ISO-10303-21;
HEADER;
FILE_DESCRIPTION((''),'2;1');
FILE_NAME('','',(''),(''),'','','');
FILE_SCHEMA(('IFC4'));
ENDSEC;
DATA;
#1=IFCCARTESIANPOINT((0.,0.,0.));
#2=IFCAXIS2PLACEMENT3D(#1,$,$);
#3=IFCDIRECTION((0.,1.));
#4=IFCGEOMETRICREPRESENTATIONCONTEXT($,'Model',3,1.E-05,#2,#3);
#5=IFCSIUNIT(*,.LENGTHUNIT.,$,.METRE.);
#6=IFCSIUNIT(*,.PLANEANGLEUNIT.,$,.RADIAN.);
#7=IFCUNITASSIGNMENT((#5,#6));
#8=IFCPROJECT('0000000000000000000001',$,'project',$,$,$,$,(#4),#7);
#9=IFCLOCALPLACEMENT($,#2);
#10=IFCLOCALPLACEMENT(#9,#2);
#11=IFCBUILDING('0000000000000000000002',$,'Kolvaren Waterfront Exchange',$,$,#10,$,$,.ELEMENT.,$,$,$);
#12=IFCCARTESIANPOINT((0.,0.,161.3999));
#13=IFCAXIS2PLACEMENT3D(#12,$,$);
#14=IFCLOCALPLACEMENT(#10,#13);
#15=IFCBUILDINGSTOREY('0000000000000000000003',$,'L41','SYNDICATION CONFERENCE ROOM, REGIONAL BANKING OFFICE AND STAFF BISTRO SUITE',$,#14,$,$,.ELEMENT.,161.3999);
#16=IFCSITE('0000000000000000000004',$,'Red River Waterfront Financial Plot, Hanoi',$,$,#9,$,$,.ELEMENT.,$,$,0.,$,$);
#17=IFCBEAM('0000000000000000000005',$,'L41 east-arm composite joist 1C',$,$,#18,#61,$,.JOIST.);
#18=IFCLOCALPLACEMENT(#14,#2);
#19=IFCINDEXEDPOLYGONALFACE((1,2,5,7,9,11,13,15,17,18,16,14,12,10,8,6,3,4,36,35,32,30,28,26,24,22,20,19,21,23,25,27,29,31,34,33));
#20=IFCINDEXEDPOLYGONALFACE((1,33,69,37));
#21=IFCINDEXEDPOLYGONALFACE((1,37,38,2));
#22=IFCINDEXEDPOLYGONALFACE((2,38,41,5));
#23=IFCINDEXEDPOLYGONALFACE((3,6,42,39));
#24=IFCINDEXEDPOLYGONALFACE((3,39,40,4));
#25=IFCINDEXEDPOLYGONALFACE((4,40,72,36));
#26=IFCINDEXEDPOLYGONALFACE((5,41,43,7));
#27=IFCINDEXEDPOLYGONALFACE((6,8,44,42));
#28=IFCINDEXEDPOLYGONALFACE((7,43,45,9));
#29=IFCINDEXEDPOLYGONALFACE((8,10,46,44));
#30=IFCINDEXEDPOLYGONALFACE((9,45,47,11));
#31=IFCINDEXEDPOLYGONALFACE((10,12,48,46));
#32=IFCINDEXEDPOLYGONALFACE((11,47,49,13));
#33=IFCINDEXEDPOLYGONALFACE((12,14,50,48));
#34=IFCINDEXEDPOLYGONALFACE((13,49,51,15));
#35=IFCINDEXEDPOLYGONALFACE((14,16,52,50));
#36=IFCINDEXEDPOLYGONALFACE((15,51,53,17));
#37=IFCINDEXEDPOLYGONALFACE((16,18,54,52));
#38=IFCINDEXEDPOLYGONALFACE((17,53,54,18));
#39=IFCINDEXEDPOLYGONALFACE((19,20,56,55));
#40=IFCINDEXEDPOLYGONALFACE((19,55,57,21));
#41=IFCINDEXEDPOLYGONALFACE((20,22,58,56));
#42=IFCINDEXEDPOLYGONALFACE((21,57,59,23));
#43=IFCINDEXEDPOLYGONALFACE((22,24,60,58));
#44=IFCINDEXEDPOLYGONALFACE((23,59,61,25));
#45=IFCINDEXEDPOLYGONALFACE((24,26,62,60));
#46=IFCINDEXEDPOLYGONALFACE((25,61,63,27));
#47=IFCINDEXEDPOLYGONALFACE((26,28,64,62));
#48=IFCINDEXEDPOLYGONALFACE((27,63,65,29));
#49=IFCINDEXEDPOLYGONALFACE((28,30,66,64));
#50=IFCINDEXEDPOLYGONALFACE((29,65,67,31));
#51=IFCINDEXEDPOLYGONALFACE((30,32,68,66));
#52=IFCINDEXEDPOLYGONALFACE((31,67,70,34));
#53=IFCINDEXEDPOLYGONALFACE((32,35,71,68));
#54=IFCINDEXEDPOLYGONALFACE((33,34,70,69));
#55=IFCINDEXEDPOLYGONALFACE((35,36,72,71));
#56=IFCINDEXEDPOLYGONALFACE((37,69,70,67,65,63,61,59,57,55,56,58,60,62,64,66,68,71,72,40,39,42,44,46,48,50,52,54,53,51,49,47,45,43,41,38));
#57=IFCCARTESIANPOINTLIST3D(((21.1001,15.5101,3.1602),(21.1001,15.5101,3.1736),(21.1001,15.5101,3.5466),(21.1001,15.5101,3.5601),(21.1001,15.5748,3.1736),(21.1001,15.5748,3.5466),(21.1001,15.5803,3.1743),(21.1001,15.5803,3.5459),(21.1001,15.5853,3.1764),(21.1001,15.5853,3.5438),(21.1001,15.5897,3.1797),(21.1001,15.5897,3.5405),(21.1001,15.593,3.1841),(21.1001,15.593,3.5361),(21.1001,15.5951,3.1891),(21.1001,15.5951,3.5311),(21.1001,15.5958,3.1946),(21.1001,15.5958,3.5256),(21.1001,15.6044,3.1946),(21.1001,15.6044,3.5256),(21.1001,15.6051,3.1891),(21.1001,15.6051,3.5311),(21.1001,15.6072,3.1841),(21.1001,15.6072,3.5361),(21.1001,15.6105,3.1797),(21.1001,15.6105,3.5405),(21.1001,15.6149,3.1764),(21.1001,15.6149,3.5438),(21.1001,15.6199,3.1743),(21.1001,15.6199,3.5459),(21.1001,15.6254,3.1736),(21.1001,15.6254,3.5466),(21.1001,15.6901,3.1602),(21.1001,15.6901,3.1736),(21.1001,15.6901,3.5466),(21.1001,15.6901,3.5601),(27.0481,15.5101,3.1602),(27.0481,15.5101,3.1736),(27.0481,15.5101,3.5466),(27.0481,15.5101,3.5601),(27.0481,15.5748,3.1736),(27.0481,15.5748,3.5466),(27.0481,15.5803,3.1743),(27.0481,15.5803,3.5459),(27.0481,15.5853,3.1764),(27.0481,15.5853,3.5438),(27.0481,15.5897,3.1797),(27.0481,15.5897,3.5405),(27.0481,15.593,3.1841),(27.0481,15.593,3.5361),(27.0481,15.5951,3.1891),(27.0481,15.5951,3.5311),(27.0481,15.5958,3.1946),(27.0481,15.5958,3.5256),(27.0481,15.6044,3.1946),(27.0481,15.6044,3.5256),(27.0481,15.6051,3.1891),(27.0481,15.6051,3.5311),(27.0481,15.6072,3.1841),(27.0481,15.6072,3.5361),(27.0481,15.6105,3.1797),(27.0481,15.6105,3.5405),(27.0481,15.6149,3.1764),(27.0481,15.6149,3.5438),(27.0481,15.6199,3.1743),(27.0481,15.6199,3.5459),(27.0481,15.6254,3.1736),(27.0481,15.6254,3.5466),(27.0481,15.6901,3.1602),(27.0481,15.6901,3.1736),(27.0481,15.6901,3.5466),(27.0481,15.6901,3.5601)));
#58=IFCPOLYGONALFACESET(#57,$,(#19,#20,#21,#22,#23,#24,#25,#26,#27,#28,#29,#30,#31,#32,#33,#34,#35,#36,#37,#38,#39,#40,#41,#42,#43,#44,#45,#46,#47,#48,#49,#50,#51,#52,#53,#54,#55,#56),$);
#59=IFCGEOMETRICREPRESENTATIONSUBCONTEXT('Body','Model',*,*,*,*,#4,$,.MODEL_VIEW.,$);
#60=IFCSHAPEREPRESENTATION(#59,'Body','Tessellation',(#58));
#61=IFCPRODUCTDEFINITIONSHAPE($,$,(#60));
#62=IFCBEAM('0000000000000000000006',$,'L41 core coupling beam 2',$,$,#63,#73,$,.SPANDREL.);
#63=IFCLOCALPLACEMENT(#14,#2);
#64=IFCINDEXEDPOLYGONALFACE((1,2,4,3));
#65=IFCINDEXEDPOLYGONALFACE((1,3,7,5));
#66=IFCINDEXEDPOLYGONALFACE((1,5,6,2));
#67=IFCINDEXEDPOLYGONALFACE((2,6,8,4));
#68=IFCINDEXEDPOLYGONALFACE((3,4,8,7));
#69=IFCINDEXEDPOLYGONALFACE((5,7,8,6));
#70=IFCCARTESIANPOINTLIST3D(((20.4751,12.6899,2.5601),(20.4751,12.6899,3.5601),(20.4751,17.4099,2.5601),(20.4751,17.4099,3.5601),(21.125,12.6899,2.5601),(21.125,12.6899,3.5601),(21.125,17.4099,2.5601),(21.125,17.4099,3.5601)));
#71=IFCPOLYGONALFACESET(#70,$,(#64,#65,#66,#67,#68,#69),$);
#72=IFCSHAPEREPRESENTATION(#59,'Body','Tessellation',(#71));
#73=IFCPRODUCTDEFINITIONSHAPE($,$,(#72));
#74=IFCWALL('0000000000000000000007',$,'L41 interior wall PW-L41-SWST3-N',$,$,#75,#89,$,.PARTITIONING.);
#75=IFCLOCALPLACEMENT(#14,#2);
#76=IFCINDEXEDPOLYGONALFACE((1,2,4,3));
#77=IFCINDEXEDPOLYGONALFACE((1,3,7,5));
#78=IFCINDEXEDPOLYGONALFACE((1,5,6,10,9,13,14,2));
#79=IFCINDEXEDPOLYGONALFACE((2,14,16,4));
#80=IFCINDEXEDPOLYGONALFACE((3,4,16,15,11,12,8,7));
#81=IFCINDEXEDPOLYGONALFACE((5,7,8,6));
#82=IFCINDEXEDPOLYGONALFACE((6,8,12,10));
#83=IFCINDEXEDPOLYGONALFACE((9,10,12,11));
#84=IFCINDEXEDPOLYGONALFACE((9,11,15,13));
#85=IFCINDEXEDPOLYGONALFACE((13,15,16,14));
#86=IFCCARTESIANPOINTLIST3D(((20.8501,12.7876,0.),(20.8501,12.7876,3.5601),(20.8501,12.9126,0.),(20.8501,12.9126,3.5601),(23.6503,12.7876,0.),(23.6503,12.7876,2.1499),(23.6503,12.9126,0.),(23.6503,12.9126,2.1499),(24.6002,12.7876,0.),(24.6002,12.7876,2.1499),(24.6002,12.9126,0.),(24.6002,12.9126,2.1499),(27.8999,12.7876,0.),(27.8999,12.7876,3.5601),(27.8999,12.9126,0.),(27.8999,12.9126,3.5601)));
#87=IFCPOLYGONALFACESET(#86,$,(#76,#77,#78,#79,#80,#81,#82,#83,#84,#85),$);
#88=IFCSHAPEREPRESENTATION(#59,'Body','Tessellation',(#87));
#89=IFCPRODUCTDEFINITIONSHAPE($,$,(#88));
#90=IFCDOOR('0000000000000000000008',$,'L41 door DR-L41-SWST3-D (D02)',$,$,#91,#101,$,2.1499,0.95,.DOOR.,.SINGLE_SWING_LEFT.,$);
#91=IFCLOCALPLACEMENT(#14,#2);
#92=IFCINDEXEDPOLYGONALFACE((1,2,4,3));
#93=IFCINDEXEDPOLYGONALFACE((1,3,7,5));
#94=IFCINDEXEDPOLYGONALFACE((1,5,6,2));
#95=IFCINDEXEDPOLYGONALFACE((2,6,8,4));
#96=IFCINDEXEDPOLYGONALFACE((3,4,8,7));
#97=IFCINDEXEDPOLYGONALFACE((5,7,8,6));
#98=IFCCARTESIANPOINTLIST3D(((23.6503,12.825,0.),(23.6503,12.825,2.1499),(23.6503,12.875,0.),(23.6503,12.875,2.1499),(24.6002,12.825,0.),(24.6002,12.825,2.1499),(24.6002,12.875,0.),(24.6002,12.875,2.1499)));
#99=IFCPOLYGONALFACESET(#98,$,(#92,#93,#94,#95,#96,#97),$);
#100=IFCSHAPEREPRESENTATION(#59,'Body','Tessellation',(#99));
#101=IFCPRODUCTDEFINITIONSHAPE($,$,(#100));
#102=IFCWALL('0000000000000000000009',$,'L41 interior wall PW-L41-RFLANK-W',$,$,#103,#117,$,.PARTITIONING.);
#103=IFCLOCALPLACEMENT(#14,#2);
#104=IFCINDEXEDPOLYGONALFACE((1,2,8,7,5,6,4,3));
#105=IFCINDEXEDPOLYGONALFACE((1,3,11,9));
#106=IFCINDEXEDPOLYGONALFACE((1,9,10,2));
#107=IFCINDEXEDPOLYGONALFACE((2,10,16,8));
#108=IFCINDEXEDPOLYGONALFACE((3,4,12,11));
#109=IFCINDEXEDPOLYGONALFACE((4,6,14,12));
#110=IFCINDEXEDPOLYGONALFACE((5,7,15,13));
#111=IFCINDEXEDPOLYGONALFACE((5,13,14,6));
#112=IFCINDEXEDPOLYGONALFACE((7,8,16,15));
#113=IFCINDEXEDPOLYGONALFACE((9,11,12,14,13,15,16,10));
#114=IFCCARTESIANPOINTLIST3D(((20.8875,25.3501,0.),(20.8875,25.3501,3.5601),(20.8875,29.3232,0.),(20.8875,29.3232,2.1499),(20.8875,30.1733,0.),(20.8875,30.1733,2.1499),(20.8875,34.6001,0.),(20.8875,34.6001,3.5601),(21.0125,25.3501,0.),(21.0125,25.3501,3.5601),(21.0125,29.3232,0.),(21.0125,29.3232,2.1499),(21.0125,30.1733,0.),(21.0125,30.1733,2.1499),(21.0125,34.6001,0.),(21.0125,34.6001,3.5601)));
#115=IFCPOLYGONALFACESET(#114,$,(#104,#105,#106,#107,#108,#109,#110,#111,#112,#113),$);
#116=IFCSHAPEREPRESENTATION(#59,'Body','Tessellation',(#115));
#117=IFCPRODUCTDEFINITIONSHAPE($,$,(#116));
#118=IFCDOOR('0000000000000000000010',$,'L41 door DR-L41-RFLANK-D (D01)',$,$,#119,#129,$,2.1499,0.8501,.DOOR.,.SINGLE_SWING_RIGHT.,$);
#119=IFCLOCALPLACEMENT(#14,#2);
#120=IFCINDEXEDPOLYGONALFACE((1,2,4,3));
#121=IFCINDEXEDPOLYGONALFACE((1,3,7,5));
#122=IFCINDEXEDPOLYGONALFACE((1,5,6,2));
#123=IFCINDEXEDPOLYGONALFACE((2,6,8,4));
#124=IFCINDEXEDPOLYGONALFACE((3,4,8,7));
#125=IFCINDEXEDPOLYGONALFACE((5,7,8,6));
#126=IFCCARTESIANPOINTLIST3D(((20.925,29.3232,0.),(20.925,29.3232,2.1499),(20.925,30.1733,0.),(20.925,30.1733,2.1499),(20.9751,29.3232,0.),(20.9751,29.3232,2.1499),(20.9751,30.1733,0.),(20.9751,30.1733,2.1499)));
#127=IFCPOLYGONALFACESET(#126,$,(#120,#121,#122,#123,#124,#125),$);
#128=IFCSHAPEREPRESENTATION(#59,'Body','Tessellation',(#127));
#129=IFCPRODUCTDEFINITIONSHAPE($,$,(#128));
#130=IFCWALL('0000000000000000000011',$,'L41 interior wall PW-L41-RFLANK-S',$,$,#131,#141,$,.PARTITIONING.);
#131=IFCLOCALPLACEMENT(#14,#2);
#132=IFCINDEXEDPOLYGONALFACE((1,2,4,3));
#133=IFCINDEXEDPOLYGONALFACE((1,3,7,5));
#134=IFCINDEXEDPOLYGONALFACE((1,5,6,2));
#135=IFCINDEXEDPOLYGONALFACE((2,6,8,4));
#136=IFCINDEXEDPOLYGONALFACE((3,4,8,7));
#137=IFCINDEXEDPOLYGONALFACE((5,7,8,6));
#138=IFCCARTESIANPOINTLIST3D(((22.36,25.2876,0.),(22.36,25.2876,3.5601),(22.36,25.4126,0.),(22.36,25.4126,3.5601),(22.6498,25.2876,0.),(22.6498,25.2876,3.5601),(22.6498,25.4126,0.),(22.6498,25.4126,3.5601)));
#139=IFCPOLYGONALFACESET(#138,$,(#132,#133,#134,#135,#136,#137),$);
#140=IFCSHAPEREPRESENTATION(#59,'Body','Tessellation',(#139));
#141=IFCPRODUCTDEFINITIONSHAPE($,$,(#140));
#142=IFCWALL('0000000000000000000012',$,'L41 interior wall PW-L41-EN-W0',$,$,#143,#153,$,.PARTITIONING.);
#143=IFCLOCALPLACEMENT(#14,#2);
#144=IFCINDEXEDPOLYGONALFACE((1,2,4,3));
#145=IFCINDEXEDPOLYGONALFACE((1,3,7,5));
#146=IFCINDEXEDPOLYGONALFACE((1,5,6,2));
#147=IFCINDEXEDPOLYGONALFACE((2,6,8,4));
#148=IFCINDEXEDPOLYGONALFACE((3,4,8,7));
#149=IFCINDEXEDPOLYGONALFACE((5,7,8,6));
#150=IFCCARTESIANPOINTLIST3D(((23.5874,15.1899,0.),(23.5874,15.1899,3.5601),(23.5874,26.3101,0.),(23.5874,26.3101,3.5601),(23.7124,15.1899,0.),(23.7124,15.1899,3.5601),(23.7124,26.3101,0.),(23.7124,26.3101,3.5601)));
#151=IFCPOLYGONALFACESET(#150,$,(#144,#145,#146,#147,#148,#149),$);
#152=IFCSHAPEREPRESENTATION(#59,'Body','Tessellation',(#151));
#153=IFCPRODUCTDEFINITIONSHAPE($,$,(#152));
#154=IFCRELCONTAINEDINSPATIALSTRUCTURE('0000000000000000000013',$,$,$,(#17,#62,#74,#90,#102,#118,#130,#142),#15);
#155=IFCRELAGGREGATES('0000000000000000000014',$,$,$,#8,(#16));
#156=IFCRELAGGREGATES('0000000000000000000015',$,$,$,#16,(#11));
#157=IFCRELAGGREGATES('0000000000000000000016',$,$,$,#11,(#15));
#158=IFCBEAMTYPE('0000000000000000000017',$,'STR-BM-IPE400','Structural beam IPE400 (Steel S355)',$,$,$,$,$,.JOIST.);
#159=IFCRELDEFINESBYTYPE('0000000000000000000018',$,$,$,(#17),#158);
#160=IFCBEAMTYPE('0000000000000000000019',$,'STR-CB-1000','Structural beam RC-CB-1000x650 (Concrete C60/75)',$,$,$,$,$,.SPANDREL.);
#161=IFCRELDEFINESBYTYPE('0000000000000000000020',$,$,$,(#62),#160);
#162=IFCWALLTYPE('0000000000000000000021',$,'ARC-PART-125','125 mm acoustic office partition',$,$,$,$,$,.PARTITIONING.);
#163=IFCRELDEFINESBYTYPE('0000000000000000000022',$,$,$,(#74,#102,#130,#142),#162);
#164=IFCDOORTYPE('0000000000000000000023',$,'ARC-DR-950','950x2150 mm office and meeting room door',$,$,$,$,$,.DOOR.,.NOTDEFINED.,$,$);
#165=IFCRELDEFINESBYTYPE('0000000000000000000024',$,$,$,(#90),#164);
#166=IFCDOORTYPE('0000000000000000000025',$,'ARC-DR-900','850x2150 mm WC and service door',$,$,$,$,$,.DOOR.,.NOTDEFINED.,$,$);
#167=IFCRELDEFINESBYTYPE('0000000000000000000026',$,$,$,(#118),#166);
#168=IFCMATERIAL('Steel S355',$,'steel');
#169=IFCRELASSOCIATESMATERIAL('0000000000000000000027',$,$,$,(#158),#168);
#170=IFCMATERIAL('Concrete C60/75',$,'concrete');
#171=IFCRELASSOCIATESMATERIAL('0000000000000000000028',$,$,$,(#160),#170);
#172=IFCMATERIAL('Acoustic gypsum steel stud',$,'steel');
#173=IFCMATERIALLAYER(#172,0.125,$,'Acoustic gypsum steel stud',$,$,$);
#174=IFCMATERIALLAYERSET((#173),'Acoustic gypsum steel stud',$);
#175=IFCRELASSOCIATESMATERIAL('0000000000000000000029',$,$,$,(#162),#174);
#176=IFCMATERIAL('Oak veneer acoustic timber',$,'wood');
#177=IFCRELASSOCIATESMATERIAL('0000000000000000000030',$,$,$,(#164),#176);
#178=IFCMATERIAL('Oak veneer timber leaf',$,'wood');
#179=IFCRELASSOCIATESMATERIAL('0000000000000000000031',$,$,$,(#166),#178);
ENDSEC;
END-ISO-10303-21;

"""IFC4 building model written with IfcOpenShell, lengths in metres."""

from ifc_helpers import new_model, si_unit, direction, frame, frame_2d, origin, origin_2d, place, context, subcontext, project, spatial, rectangle, i_section, extrude, material, layer, layer_set, material_profile, profile_set, type_object, element, fill, save


model = new_model("IFC4")

# Units and contexts
model_context = context("Model", 3, precision=1e-05, world=origin(), true_north=direction((0.0, 1.0)))
body_context = subcontext(model_context, "Body", "Model", "MODEL_VIEW")
ifc_project = project(units=[si_unit("LENGTHUNIT", "METRE"), si_unit("PLANEANGLEUNIT", "RADIAN")], contexts=[model_context])

# Site, building, storey
site_placement = place(None, origin())
site = spatial("IfcSite", under=ifc_project, at=site_placement, Name="Red River Waterfront Financial Plot, Hanoi", CompositionType="ELEMENT", RefElevation=0.0)
building_placement = place(site_placement, origin())
building = spatial("IfcBuilding", under=site, at=building_placement, Name="Kolvaren Waterfront Exchange", CompositionType="ELEMENT")
storey_placement = place(building_placement, frame((0.0, 0.0, 161.3999)))
storey = spatial("IfcBuildingStorey", under=building, at=storey_placement, Name="L41", Description="SYNDICATION CONFERENCE ROOM, REGIONAL BANKING OFFICE AND STAFF BISTRO SUITE", CompositionType="ELEMENT", Elevation=161.3999)

# Shared definitions
ifc_material_1 = material(Name="Concrete C60/75", Category="concrete")

# Beams
ifc_material_2 = material(Name="Steel S355", Category="steel")
ifc_material_profile_1 = material_profile(ifc_material_2, i_section(OverallWidth=0.1799, OverallDepth=0.3999, WebThickness=0.0085, FlangeThickness=0.0134, FilletRadius=0.021, at=origin_2d()), Name="IPE400")
ifc_profile_set_1 = profile_set([ifc_material_profile_1], Name="Steel S355")
beam_type_1 = type_object("IfcBeamType", Name="STR-BM-IPE400", Description="Structural beam IPE400 (Steel S355)", PredefinedType="JOIST", material=ifc_profile_set_1)
for number, where, z_axis, x_axis, name in (
    (1, (21.1001, 15.6001, 3.3601), (1.0, 0.0, 0.0), (0.0, 1.0, 0.0), "L41 east-arm composite joist 1C"),
):
    element("IfcBeam", number, at=place(storey_placement, frame(where, z_axis=z_axis, x_axis=x_axis)), inside=storey, type_object=beam_type_1, Name=name, PredefinedType="JOIST", context=body_context, shape_type="SweptSolid", body=[
        extrude(i_section(OverallWidth=0.1799, OverallDepth=0.3999, WebThickness=0.0085, FlangeThickness=0.0134, FilletRadius=0.021, at=origin_2d()), origin(), (0.0, 0.0, 1.0), 5.948),
    ])
ifc_material_profile_2 = material_profile(ifc_material_1, rectangle(XDim=0.6499, YDim=1.0, at=origin_2d()), Name="RC-CB-1000x650")
ifc_profile_set_2 = profile_set([ifc_material_profile_2], Name="Concrete C60/75")
beam_type_2 = type_object("IfcBeamType", Name="STR-CB-1000", Description="Structural beam RC-CB-1000x650 (Concrete C60/75)", PredefinedType="SPANDREL", material=ifc_profile_set_2)
beam_1_placement = place(storey_placement, frame((20.8, 12.6899, 3.0601), z_axis=(0.0, 1.0, 0.0), x_axis=(-1.0, 0.0, 0.0)))
element("IfcBeam", 2, at=beam_1_placement, inside=storey, type_object=beam_type_2, Name="L41 core coupling beam 2", PredefinedType="SPANDREL", context=body_context, shape_type="SweptSolid", body=[
    extrude(rectangle(XDim=0.6499, YDim=1.0, at=origin_2d()), origin(), (0.0, 0.0, 1.0), 4.72),
])

# Walls, openings, doors
ifc_material_3 = material(Name="Acoustic gypsum steel stud", Category="steel")
ifc_layer_1 = layer(ifc_material_3, 0.125, Name="Acoustic gypsum steel stud")
ifc_layer_set_1 = layer_set([ifc_layer_1], Name="Acoustic gypsum steel stud")
wall_type_1 = type_object("IfcWallType", Name="ARC-PART-125", Description="125 mm acoustic office partition", PredefinedType="PARTITIONING", material=ifc_layer_set_1)
wall_1_placement = place(storey_placement, frame((20.8501, 12.8501, 0.0), z_axis=(0.0, 0.0, 1.0), x_axis=(1.0, 0.0, 0.0)))
wall_1 = element("IfcWall", 3, at=wall_1_placement, inside=storey, type_object=wall_type_1, Name="L41 interior wall PW-L41-SWST3-N", PredefinedType="PARTITIONING", context=body_context, shape_type="SweptSolid", body=[
    extrude(rectangle(XDim=7.0498, YDim=0.125, at=frame_2d((3.5249, 0.0))), origin(), (0.0, 0.0, 1.0), 3.5601),
])
opening_1_placement = place(wall_1_placement, frame((2.8, 0.0, 0.0)))
opening_1 = element("IfcOpeningElement", 4, at=opening_1_placement, cuts=wall_1, PredefinedType="OPENING", context=body_context, shape_type="SweptSolid", body=[
    extrude(rectangle(XDim=0.95, YDim=2.1499, at=frame_2d((0.4751, 1.075))), frame((0.0, 0.0725, 0.0), z_axis=(0.0, -1.0, 0.0), x_axis=(1.0, 0.0, 0.0)), (0.0, 0.0, 1.0), 0.145),
])
ifc_material_4 = material(Name="Oak veneer acoustic timber", Category="wood")
door_type_1 = type_object("IfcDoorType", Name="ARC-DR-950", Description="950x2150 mm office and meeting room door", OperationType="NOTDEFINED", PredefinedType="DOOR", material=ifc_material_4)
door_1_placement = place(opening_1_placement, origin())
door_1 = element("IfcDoor", 5, at=door_1_placement, inside=storey, type_object=door_type_1, Name="L41 door DR-L41-SWST3-D (D02)", OperationType="SINGLE_SWING_LEFT", OverallHeight=2.1499, OverallWidth=0.95, PredefinedType="DOOR", context=body_context, shape_type="SweptSolid", body=[
    extrude(rectangle(XDim=0.95, YDim=2.1499, at=frame_2d((0.4751, 1.075))), frame((0.0, 0.0249, 0.0), z_axis=(0.0, -1.0, 0.0), x_axis=(1.0, 0.0, 0.0)), (0.0, 0.0, 1.0), 0.05),
])
fill(opening_1, door_1)
wall_2_placement = place(storey_placement, frame((20.95, 25.3501, 0.0), z_axis=(0.0, 0.0, 1.0), x_axis=(0.0, 1.0, 0.0)))
wall_2 = element("IfcWall", 6, at=wall_2_placement, inside=storey, type_object=wall_type_1, Name="L41 interior wall PW-L41-RFLANK-W", PredefinedType="PARTITIONING", context=body_context, shape_type="SweptSolid", body=[
    extrude(rectangle(XDim=9.25, YDim=0.125, at=frame_2d((4.625, 0.0))), origin(), (0.0, 0.0, 1.0), 3.5601),
])
opening_2_placement = place(wall_2_placement, frame((3.9731, 0.0, 0.0)))
opening_2 = element("IfcOpeningElement", 7, at=opening_2_placement, cuts=wall_2, PredefinedType="OPENING", context=body_context, shape_type="SweptSolid", body=[
    extrude(rectangle(XDim=0.8501, YDim=2.1499, at=frame_2d((0.425, 1.075))), frame((0.0, 0.0725, 0.0), z_axis=(0.0, -1.0, 0.0), x_axis=(1.0, 0.0, 0.0)), (0.0, 0.0, 1.0), 0.145),
])
ifc_material_5 = material(Name="Oak veneer timber leaf", Category="wood")
door_type_2 = type_object("IfcDoorType", Name="ARC-DR-900", Description="850x2150 mm WC and service door", OperationType="NOTDEFINED", PredefinedType="DOOR", material=ifc_material_5)
door_2_placement = place(opening_2_placement, origin())
door_2 = element("IfcDoor", 8, at=door_2_placement, inside=storey, type_object=door_type_2, Name="L41 door DR-L41-RFLANK-D (D01)", OperationType="SINGLE_SWING_RIGHT", OverallHeight=2.1499, OverallWidth=0.8501, PredefinedType="DOOR", context=body_context, shape_type="SweptSolid", body=[
    extrude(rectangle(XDim=0.8501, YDim=2.1499, at=frame_2d((0.425, 1.075))), frame((0.0, 0.0249, 0.0), z_axis=(0.0, -1.0, 0.0), x_axis=(1.0, 0.0, 0.0)), (0.0, 0.0, 1.0), 0.05),
])
fill(opening_2, door_2)

# Walls
wall_3_placement = place(storey_placement, frame((22.6499, 25.3501, 0.0), z_axis=(0.0, 0.0, 1.0), x_axis=(-1.0, 0.0, 0.0)))
element("IfcWall", 9, at=wall_3_placement, inside=storey, type_object=wall_type_1, Name="L41 interior wall PW-L41-RFLANK-S", PredefinedType="PARTITIONING", context=body_context, shape_type="SweptSolid", body=[
    extrude(rectangle(XDim=0.2898, YDim=0.125, at=frame_2d((0.145, 0.0))), origin(), (0.0, 0.0, 1.0), 3.5601),
])
wall_4_placement = place(storey_placement, frame((23.6499, 15.1899, 0.0), z_axis=(0.0, 0.0, 1.0), x_axis=(0.0, 1.0, 0.0)))
element("IfcWall", 10, at=wall_4_placement, inside=storey, type_object=wall_type_1, Name="L41 interior wall PW-L41-EN-W0", PredefinedType="PARTITIONING", context=body_context, shape_type="SweptSolid", body=[
    extrude(rectangle(XDim=11.1201, YDim=0.125, at=frame_2d((5.5601, 0.0))), origin(), (0.0, 0.0, 1.0), 3.5601),
])

save(model, "model.ifc")
